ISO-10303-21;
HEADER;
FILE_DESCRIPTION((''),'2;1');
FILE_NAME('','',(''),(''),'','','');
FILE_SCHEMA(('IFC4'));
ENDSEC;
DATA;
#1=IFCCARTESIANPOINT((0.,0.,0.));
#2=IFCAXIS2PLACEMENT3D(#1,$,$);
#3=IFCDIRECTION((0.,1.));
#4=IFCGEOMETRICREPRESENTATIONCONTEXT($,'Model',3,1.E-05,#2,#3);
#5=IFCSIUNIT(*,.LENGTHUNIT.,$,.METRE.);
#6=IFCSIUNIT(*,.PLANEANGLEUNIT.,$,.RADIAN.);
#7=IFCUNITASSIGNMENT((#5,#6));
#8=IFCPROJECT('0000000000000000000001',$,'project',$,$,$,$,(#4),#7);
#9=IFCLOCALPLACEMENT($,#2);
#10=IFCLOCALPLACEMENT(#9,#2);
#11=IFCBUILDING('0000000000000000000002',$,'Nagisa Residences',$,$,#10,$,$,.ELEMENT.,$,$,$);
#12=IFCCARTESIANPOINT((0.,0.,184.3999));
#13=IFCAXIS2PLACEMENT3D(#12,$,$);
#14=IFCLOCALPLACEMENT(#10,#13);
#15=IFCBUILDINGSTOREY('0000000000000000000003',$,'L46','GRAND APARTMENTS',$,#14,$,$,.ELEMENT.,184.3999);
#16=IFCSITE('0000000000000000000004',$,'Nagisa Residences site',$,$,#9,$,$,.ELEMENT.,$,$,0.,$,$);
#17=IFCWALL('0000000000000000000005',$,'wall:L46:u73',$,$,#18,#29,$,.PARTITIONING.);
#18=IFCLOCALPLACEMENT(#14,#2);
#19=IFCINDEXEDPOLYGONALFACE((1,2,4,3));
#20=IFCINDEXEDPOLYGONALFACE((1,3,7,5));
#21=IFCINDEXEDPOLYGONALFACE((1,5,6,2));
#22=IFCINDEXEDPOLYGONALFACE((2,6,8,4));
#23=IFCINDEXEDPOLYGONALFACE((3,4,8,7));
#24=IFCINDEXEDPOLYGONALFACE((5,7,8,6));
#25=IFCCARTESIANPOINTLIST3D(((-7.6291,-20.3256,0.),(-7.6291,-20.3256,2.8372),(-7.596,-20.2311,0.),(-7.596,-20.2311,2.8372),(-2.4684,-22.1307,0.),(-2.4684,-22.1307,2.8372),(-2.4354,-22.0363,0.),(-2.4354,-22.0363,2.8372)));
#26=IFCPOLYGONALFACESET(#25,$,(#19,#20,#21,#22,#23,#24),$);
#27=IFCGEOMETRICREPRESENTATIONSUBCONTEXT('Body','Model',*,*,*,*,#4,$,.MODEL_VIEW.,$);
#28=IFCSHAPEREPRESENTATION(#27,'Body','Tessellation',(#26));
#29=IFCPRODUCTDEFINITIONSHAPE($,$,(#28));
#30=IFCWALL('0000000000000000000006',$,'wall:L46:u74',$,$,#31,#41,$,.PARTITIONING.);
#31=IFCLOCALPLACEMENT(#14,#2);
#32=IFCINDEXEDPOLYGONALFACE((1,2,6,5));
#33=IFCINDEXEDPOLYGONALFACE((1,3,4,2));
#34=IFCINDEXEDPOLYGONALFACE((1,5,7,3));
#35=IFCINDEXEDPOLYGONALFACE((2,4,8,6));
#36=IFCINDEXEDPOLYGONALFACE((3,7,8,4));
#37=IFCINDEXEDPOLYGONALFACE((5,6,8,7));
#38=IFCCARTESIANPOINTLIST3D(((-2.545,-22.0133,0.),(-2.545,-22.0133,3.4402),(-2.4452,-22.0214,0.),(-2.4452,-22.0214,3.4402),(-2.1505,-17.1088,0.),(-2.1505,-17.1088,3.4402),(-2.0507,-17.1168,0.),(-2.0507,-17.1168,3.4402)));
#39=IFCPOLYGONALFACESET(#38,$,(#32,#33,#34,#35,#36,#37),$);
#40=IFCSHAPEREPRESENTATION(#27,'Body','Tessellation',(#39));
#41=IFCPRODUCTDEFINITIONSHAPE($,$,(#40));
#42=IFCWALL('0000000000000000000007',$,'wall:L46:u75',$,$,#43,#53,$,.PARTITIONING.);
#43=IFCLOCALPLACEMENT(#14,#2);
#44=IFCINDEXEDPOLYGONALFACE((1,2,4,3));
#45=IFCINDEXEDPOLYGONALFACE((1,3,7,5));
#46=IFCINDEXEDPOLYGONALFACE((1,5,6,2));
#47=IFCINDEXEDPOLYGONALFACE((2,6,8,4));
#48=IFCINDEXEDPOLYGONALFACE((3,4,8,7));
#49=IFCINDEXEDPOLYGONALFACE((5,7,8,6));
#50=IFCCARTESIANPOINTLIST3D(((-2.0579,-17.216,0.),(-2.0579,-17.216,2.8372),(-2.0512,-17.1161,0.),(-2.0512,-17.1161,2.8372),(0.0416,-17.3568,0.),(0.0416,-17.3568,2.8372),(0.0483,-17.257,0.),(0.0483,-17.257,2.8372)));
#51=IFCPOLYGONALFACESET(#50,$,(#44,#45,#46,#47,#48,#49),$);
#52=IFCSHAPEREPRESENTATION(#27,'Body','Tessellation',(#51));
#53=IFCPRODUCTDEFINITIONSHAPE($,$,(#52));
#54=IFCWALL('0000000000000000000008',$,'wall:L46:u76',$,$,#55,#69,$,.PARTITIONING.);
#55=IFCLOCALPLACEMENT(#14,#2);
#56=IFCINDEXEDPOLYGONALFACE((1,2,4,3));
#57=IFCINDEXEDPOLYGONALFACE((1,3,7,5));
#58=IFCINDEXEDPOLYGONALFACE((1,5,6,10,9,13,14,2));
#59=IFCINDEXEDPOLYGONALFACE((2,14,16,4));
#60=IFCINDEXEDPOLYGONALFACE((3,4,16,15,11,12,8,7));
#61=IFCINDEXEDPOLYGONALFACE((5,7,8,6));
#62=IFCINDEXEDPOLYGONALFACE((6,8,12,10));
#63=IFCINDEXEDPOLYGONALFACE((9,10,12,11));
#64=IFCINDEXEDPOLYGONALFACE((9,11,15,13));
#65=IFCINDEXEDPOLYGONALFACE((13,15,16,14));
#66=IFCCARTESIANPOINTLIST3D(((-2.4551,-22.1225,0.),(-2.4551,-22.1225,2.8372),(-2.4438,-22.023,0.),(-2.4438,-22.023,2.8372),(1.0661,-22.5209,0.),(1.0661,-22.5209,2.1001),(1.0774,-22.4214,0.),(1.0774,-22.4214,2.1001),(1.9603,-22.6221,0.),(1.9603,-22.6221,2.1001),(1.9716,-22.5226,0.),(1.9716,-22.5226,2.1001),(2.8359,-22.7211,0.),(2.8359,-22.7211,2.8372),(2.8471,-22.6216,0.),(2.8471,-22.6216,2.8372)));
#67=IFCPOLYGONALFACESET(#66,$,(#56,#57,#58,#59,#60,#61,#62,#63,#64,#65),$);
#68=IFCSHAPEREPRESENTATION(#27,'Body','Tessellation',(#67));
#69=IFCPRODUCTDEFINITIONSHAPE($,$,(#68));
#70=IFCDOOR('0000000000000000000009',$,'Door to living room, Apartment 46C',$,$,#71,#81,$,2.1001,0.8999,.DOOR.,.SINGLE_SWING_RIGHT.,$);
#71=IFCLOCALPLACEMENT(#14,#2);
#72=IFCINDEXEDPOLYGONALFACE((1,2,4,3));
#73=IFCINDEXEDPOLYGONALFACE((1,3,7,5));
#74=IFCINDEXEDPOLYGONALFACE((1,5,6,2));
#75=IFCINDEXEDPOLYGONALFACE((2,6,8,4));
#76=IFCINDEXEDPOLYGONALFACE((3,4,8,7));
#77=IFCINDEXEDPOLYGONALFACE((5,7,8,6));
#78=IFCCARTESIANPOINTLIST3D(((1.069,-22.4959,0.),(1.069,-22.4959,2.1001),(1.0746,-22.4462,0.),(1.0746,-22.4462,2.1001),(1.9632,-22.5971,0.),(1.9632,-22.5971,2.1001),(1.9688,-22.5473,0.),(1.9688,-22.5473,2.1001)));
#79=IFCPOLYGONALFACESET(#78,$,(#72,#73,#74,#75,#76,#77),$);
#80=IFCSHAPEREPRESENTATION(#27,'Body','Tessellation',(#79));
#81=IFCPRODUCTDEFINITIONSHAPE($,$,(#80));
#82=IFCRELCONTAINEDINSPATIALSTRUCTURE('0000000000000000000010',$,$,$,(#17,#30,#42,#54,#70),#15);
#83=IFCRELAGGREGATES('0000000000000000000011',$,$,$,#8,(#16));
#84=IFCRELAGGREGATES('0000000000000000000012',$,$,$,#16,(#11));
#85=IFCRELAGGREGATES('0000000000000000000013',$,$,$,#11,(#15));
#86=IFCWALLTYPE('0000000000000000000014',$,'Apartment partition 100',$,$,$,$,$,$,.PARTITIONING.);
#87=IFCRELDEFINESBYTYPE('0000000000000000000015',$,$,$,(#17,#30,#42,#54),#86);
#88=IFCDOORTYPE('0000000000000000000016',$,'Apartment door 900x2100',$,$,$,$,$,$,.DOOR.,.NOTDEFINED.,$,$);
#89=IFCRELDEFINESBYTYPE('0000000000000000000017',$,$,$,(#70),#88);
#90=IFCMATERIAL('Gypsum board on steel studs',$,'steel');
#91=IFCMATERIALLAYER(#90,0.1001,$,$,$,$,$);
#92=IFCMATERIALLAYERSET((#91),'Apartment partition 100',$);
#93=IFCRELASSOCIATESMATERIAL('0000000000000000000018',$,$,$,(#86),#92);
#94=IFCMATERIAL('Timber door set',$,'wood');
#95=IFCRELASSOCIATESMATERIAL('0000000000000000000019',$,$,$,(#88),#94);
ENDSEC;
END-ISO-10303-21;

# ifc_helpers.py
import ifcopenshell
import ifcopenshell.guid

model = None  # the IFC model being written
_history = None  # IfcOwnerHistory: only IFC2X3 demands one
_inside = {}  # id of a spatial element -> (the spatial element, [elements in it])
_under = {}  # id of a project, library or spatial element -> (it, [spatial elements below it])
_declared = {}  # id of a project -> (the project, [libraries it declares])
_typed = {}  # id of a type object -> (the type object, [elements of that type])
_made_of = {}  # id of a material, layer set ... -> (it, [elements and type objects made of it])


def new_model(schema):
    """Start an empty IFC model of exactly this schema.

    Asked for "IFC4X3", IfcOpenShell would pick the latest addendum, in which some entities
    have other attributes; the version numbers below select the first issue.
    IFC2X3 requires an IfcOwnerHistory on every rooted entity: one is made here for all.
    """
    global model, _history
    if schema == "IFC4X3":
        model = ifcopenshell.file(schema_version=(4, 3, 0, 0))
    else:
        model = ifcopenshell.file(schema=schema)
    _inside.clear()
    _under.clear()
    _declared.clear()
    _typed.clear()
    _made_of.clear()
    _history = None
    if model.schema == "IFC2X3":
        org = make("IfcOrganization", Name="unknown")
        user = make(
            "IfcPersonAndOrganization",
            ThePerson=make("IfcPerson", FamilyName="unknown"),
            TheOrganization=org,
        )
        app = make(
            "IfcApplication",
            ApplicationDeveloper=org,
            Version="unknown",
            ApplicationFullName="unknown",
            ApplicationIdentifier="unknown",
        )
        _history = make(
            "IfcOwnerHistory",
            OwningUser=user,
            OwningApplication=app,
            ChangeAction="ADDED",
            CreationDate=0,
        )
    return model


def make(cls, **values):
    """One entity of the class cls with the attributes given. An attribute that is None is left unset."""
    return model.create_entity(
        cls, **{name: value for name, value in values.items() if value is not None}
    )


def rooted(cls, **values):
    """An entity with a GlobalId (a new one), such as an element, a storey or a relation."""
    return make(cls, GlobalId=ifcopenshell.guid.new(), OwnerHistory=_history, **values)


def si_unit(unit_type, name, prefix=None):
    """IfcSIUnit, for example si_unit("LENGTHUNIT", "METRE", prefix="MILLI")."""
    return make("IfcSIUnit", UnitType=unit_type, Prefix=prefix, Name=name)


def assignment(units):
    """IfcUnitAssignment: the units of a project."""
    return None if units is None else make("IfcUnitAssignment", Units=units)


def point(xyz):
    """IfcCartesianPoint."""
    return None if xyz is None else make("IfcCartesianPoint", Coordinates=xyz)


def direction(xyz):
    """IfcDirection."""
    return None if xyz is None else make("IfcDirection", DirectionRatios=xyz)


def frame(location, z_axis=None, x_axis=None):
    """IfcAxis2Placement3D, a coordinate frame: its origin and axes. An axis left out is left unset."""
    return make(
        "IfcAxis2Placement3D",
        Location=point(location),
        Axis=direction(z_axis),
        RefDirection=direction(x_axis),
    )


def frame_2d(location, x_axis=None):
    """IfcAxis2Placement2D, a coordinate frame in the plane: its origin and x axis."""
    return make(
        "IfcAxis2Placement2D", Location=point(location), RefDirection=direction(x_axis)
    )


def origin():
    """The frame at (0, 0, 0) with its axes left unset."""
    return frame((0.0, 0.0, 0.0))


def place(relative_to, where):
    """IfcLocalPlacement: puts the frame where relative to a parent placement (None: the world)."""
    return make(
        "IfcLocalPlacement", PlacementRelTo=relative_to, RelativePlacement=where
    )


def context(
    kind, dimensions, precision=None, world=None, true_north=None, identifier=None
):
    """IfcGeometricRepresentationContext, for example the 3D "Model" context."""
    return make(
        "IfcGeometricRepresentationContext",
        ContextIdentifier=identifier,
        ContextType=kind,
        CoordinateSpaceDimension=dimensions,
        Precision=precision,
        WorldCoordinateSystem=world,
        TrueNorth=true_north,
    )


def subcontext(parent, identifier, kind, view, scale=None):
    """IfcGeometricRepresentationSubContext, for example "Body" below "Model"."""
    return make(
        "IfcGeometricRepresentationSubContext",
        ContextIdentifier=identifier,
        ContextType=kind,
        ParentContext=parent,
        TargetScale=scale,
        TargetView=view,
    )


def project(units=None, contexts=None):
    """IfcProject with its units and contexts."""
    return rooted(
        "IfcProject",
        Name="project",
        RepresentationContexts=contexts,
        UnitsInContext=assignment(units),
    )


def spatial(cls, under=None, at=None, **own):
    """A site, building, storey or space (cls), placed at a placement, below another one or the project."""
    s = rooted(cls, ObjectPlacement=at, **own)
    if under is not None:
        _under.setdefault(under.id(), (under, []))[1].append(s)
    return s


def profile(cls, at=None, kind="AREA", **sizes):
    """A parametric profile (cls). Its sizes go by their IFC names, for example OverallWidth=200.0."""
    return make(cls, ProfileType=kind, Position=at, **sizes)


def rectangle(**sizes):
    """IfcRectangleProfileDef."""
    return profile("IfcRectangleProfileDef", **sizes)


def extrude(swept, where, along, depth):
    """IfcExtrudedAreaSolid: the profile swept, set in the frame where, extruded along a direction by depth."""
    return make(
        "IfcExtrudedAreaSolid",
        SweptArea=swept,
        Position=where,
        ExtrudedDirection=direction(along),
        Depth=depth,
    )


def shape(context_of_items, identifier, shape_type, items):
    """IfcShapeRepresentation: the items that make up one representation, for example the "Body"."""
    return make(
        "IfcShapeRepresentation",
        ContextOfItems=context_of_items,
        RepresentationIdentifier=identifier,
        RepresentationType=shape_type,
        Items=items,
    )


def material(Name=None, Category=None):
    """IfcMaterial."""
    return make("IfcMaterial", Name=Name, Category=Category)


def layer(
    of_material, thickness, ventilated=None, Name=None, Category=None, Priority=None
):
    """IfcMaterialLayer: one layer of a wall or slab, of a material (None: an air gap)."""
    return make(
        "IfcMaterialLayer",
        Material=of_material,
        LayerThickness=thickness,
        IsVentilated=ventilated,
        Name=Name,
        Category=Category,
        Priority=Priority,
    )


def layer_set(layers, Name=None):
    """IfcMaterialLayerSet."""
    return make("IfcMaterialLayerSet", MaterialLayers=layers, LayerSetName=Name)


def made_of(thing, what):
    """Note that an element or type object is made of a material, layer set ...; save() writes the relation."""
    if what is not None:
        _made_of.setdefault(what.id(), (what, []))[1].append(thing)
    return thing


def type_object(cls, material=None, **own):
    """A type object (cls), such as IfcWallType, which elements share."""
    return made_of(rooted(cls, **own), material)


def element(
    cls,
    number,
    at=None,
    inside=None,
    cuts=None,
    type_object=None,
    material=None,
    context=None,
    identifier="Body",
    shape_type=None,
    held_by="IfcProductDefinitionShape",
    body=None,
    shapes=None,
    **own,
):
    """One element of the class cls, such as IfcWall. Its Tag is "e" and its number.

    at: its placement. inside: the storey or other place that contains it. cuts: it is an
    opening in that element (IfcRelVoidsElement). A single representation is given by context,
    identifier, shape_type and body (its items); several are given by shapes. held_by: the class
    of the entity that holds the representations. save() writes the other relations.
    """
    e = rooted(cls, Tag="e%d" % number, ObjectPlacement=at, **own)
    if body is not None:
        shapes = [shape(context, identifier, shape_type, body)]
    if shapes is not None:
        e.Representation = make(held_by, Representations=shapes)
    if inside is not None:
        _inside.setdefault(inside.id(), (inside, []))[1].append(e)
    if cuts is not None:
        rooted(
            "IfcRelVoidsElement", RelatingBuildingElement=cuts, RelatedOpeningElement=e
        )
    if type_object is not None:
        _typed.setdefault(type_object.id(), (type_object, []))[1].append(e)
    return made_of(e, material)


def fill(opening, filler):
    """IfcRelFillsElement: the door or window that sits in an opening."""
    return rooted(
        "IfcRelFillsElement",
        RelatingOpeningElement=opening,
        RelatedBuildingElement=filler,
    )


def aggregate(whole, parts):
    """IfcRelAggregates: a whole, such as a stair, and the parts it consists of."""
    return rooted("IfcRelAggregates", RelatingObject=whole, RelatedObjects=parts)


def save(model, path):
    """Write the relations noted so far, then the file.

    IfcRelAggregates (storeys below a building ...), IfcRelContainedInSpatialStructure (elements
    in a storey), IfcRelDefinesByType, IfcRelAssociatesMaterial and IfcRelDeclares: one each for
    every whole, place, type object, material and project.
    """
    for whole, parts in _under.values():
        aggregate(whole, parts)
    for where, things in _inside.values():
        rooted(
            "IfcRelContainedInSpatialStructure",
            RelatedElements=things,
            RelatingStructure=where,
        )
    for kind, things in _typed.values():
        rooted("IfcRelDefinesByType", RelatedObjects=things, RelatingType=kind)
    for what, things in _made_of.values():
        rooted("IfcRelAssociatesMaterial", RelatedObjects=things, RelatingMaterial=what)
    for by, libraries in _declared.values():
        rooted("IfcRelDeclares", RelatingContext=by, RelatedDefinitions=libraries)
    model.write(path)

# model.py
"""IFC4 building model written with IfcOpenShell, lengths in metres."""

from ifc_helpers import new_model, si_unit, direction, frame, frame_2d, origin, place, context, subcontext, project, spatial, rectangle, extrude, material, layer, layer_set, type_object, element, fill, save


model = new_model("IFC4")

# Units and contexts
model_context = context("Model", 3, precision=1e-05, world=origin(), true_north=direction((0.0, 1.0)))
body_context = subcontext(model_context, "Body", "Model", "MODEL_VIEW")
ifc_project = project(units=[si_unit("LENGTHUNIT", "METRE"), si_unit("PLANEANGLEUNIT", "RADIAN")], contexts=[model_context])

# Site, building, storey
site_placement = place(None, origin())
site = spatial("IfcSite", under=ifc_project, at=site_placement, Name="Nagisa Residences site", CompositionType="ELEMENT", RefElevation=0.0)
building_placement = place(site_placement, origin())
building = spatial("IfcBuilding", under=site, at=building_placement, Name="Nagisa Residences", CompositionType="ELEMENT")
storey_placement = place(building_placement, frame((0.0, 0.0, 184.3999)))
storey = spatial("IfcBuildingStorey", under=building, at=storey_placement, Name="L46", Description="GRAND APARTMENTS", CompositionType="ELEMENT", Elevation=184.3999)

# Shared definitions
ifc_material_1 = material(Name="Gypsum board on steel studs", Category="steel")
ifc_layer_1 = layer(ifc_material_1, 0.1001)
ifc_layer_set_1 = layer_set([ifc_layer_1], Name="Apartment partition 100")
wall_type_1 = type_object("IfcWallType", Name="Apartment partition 100", PredefinedType="PARTITIONING", material=ifc_layer_set_1)

# Shared definitions
ifc_material_2 = material(Name="Timber door set", Category="wood")
door_type_1 = type_object("IfcDoorType", Name="Apartment door 900x2100", OperationType="NOTDEFINED", PredefinedType="DOOR", material=ifc_material_2)

# Walls
wall_1_placement = place(storey_placement, frame((-7.6125, -20.2783, 0.0), z_axis=(0.0, 0.0, 1.0), x_axis=(0.943918, -0.330179, 0.0)))
element("IfcWall", 1, at=wall_1_placement, inside=storey, type_object=wall_type_1, Name="wall:L46:u73", PredefinedType="PARTITIONING", context=body_context, shape_type="SweptSolid", body=[
    extrude(rectangle(XDim=5.4673, YDim=0.1001, at=frame_2d((2.7336, 0.0))), origin(), (0.0, 0.0, 1.0), 2.8372),
])
wall_2_placement = place(storey_placement, frame((-2.1006, -17.1128, 0.0), z_axis=(0.0, 0.0, 1.0), x_axis=(-0.080183, -0.99678, 0.0)))
element("IfcWall", 2, at=wall_2_placement, inside=storey, type_object=wall_type_1, Name="wall:L46:u74", PredefinedType="PARTITIONING", context=body_context, shape_type="SweptSolid", body=[
    extrude(rectangle(XDim=4.9204, YDim=0.1001, at=frame_2d((2.4602, 0.0))), origin(), (0.0, 0.0, 1.0), 3.4402),
])
wall_3_placement = place(storey_placement, frame((-2.0547, -17.166, 0.0), z_axis=(0.0, 0.0, 1.0), x_axis=(0.997757, -0.066943, 0.0)))
element("IfcWall", 3, at=wall_3_placement, inside=storey, type_object=wall_type_1, Name="wall:L46:u75", PredefinedType="PARTITIONING", context=body_context, shape_type="SweptSolid", body=[
    extrude(rectangle(XDim=2.1042, YDim=0.1001, at=frame_2d((1.0522, 0.0))), origin(), (0.0, 0.0, 1.0), 2.8372),
])

# Wall, opening, door
wall_4_placement = place(storey_placement, frame((-2.4495, -22.0728, 0.0), z_axis=(0.0, 0.0, 1.0), x_axis=(0.99366, -0.112424, 0.0)))
wall_4 = element("IfcWall", 4, at=wall_4_placement, inside=storey, type_object=wall_type_1, Name="wall:L46:u76", PredefinedType="PARTITIONING", context=body_context, shape_type="SweptSolid", body=[
    extrude(rectangle(XDim=5.3247, YDim=0.1001, at=frame_2d((2.6624, 0.0))), origin(), (0.0, 0.0, 1.0), 2.8372),
])
opening_1_placement = place(wall_4_placement, frame((3.5437, 0.0, 0.0)))
opening_1 = element("IfcOpeningElement", 5, at=opening_1_placement, cuts=wall_4, PredefinedType="OPENING", context=body_context, shape_type="SweptSolid", body=[
    extrude(rectangle(XDim=0.8999, YDim=2.1001, at=frame_2d((0.45, 1.05))), frame((0.0, 0.0601, 0.0), z_axis=(0.0, -1.0, 0.0), x_axis=(1.0, 0.0, 0.0)), (0.0, 0.0, 1.0), 0.1201),
])
door_1_placement = place(opening_1_placement, frame((0.8999, 0.0, 0.0), x_axis=(-1.0, 0.0, 0.0)))
door_1 = element("IfcDoor", 6, at=door_1_placement, inside=storey, type_object=door_type_1, Name="Door to living room, Apartment 46C", OperationType="SINGLE_SWING_RIGHT", OverallHeight=2.1001, OverallWidth=0.8999, PredefinedType="DOOR", context=body_context, shape_type="SweptSolid", body=[
    extrude(rectangle(XDim=0.8999, YDim=2.1001, at=frame_2d((0.45, 1.05))), frame((0.0, 0.0249, 0.0), z_axis=(0.0, -1.0, 0.0), x_axis=(1.0, 0.0, 0.0)), (0.0, 0.0, 1.0), 0.05),
])
fill(opening_1, door_1)

save(model, "model.ifc")
